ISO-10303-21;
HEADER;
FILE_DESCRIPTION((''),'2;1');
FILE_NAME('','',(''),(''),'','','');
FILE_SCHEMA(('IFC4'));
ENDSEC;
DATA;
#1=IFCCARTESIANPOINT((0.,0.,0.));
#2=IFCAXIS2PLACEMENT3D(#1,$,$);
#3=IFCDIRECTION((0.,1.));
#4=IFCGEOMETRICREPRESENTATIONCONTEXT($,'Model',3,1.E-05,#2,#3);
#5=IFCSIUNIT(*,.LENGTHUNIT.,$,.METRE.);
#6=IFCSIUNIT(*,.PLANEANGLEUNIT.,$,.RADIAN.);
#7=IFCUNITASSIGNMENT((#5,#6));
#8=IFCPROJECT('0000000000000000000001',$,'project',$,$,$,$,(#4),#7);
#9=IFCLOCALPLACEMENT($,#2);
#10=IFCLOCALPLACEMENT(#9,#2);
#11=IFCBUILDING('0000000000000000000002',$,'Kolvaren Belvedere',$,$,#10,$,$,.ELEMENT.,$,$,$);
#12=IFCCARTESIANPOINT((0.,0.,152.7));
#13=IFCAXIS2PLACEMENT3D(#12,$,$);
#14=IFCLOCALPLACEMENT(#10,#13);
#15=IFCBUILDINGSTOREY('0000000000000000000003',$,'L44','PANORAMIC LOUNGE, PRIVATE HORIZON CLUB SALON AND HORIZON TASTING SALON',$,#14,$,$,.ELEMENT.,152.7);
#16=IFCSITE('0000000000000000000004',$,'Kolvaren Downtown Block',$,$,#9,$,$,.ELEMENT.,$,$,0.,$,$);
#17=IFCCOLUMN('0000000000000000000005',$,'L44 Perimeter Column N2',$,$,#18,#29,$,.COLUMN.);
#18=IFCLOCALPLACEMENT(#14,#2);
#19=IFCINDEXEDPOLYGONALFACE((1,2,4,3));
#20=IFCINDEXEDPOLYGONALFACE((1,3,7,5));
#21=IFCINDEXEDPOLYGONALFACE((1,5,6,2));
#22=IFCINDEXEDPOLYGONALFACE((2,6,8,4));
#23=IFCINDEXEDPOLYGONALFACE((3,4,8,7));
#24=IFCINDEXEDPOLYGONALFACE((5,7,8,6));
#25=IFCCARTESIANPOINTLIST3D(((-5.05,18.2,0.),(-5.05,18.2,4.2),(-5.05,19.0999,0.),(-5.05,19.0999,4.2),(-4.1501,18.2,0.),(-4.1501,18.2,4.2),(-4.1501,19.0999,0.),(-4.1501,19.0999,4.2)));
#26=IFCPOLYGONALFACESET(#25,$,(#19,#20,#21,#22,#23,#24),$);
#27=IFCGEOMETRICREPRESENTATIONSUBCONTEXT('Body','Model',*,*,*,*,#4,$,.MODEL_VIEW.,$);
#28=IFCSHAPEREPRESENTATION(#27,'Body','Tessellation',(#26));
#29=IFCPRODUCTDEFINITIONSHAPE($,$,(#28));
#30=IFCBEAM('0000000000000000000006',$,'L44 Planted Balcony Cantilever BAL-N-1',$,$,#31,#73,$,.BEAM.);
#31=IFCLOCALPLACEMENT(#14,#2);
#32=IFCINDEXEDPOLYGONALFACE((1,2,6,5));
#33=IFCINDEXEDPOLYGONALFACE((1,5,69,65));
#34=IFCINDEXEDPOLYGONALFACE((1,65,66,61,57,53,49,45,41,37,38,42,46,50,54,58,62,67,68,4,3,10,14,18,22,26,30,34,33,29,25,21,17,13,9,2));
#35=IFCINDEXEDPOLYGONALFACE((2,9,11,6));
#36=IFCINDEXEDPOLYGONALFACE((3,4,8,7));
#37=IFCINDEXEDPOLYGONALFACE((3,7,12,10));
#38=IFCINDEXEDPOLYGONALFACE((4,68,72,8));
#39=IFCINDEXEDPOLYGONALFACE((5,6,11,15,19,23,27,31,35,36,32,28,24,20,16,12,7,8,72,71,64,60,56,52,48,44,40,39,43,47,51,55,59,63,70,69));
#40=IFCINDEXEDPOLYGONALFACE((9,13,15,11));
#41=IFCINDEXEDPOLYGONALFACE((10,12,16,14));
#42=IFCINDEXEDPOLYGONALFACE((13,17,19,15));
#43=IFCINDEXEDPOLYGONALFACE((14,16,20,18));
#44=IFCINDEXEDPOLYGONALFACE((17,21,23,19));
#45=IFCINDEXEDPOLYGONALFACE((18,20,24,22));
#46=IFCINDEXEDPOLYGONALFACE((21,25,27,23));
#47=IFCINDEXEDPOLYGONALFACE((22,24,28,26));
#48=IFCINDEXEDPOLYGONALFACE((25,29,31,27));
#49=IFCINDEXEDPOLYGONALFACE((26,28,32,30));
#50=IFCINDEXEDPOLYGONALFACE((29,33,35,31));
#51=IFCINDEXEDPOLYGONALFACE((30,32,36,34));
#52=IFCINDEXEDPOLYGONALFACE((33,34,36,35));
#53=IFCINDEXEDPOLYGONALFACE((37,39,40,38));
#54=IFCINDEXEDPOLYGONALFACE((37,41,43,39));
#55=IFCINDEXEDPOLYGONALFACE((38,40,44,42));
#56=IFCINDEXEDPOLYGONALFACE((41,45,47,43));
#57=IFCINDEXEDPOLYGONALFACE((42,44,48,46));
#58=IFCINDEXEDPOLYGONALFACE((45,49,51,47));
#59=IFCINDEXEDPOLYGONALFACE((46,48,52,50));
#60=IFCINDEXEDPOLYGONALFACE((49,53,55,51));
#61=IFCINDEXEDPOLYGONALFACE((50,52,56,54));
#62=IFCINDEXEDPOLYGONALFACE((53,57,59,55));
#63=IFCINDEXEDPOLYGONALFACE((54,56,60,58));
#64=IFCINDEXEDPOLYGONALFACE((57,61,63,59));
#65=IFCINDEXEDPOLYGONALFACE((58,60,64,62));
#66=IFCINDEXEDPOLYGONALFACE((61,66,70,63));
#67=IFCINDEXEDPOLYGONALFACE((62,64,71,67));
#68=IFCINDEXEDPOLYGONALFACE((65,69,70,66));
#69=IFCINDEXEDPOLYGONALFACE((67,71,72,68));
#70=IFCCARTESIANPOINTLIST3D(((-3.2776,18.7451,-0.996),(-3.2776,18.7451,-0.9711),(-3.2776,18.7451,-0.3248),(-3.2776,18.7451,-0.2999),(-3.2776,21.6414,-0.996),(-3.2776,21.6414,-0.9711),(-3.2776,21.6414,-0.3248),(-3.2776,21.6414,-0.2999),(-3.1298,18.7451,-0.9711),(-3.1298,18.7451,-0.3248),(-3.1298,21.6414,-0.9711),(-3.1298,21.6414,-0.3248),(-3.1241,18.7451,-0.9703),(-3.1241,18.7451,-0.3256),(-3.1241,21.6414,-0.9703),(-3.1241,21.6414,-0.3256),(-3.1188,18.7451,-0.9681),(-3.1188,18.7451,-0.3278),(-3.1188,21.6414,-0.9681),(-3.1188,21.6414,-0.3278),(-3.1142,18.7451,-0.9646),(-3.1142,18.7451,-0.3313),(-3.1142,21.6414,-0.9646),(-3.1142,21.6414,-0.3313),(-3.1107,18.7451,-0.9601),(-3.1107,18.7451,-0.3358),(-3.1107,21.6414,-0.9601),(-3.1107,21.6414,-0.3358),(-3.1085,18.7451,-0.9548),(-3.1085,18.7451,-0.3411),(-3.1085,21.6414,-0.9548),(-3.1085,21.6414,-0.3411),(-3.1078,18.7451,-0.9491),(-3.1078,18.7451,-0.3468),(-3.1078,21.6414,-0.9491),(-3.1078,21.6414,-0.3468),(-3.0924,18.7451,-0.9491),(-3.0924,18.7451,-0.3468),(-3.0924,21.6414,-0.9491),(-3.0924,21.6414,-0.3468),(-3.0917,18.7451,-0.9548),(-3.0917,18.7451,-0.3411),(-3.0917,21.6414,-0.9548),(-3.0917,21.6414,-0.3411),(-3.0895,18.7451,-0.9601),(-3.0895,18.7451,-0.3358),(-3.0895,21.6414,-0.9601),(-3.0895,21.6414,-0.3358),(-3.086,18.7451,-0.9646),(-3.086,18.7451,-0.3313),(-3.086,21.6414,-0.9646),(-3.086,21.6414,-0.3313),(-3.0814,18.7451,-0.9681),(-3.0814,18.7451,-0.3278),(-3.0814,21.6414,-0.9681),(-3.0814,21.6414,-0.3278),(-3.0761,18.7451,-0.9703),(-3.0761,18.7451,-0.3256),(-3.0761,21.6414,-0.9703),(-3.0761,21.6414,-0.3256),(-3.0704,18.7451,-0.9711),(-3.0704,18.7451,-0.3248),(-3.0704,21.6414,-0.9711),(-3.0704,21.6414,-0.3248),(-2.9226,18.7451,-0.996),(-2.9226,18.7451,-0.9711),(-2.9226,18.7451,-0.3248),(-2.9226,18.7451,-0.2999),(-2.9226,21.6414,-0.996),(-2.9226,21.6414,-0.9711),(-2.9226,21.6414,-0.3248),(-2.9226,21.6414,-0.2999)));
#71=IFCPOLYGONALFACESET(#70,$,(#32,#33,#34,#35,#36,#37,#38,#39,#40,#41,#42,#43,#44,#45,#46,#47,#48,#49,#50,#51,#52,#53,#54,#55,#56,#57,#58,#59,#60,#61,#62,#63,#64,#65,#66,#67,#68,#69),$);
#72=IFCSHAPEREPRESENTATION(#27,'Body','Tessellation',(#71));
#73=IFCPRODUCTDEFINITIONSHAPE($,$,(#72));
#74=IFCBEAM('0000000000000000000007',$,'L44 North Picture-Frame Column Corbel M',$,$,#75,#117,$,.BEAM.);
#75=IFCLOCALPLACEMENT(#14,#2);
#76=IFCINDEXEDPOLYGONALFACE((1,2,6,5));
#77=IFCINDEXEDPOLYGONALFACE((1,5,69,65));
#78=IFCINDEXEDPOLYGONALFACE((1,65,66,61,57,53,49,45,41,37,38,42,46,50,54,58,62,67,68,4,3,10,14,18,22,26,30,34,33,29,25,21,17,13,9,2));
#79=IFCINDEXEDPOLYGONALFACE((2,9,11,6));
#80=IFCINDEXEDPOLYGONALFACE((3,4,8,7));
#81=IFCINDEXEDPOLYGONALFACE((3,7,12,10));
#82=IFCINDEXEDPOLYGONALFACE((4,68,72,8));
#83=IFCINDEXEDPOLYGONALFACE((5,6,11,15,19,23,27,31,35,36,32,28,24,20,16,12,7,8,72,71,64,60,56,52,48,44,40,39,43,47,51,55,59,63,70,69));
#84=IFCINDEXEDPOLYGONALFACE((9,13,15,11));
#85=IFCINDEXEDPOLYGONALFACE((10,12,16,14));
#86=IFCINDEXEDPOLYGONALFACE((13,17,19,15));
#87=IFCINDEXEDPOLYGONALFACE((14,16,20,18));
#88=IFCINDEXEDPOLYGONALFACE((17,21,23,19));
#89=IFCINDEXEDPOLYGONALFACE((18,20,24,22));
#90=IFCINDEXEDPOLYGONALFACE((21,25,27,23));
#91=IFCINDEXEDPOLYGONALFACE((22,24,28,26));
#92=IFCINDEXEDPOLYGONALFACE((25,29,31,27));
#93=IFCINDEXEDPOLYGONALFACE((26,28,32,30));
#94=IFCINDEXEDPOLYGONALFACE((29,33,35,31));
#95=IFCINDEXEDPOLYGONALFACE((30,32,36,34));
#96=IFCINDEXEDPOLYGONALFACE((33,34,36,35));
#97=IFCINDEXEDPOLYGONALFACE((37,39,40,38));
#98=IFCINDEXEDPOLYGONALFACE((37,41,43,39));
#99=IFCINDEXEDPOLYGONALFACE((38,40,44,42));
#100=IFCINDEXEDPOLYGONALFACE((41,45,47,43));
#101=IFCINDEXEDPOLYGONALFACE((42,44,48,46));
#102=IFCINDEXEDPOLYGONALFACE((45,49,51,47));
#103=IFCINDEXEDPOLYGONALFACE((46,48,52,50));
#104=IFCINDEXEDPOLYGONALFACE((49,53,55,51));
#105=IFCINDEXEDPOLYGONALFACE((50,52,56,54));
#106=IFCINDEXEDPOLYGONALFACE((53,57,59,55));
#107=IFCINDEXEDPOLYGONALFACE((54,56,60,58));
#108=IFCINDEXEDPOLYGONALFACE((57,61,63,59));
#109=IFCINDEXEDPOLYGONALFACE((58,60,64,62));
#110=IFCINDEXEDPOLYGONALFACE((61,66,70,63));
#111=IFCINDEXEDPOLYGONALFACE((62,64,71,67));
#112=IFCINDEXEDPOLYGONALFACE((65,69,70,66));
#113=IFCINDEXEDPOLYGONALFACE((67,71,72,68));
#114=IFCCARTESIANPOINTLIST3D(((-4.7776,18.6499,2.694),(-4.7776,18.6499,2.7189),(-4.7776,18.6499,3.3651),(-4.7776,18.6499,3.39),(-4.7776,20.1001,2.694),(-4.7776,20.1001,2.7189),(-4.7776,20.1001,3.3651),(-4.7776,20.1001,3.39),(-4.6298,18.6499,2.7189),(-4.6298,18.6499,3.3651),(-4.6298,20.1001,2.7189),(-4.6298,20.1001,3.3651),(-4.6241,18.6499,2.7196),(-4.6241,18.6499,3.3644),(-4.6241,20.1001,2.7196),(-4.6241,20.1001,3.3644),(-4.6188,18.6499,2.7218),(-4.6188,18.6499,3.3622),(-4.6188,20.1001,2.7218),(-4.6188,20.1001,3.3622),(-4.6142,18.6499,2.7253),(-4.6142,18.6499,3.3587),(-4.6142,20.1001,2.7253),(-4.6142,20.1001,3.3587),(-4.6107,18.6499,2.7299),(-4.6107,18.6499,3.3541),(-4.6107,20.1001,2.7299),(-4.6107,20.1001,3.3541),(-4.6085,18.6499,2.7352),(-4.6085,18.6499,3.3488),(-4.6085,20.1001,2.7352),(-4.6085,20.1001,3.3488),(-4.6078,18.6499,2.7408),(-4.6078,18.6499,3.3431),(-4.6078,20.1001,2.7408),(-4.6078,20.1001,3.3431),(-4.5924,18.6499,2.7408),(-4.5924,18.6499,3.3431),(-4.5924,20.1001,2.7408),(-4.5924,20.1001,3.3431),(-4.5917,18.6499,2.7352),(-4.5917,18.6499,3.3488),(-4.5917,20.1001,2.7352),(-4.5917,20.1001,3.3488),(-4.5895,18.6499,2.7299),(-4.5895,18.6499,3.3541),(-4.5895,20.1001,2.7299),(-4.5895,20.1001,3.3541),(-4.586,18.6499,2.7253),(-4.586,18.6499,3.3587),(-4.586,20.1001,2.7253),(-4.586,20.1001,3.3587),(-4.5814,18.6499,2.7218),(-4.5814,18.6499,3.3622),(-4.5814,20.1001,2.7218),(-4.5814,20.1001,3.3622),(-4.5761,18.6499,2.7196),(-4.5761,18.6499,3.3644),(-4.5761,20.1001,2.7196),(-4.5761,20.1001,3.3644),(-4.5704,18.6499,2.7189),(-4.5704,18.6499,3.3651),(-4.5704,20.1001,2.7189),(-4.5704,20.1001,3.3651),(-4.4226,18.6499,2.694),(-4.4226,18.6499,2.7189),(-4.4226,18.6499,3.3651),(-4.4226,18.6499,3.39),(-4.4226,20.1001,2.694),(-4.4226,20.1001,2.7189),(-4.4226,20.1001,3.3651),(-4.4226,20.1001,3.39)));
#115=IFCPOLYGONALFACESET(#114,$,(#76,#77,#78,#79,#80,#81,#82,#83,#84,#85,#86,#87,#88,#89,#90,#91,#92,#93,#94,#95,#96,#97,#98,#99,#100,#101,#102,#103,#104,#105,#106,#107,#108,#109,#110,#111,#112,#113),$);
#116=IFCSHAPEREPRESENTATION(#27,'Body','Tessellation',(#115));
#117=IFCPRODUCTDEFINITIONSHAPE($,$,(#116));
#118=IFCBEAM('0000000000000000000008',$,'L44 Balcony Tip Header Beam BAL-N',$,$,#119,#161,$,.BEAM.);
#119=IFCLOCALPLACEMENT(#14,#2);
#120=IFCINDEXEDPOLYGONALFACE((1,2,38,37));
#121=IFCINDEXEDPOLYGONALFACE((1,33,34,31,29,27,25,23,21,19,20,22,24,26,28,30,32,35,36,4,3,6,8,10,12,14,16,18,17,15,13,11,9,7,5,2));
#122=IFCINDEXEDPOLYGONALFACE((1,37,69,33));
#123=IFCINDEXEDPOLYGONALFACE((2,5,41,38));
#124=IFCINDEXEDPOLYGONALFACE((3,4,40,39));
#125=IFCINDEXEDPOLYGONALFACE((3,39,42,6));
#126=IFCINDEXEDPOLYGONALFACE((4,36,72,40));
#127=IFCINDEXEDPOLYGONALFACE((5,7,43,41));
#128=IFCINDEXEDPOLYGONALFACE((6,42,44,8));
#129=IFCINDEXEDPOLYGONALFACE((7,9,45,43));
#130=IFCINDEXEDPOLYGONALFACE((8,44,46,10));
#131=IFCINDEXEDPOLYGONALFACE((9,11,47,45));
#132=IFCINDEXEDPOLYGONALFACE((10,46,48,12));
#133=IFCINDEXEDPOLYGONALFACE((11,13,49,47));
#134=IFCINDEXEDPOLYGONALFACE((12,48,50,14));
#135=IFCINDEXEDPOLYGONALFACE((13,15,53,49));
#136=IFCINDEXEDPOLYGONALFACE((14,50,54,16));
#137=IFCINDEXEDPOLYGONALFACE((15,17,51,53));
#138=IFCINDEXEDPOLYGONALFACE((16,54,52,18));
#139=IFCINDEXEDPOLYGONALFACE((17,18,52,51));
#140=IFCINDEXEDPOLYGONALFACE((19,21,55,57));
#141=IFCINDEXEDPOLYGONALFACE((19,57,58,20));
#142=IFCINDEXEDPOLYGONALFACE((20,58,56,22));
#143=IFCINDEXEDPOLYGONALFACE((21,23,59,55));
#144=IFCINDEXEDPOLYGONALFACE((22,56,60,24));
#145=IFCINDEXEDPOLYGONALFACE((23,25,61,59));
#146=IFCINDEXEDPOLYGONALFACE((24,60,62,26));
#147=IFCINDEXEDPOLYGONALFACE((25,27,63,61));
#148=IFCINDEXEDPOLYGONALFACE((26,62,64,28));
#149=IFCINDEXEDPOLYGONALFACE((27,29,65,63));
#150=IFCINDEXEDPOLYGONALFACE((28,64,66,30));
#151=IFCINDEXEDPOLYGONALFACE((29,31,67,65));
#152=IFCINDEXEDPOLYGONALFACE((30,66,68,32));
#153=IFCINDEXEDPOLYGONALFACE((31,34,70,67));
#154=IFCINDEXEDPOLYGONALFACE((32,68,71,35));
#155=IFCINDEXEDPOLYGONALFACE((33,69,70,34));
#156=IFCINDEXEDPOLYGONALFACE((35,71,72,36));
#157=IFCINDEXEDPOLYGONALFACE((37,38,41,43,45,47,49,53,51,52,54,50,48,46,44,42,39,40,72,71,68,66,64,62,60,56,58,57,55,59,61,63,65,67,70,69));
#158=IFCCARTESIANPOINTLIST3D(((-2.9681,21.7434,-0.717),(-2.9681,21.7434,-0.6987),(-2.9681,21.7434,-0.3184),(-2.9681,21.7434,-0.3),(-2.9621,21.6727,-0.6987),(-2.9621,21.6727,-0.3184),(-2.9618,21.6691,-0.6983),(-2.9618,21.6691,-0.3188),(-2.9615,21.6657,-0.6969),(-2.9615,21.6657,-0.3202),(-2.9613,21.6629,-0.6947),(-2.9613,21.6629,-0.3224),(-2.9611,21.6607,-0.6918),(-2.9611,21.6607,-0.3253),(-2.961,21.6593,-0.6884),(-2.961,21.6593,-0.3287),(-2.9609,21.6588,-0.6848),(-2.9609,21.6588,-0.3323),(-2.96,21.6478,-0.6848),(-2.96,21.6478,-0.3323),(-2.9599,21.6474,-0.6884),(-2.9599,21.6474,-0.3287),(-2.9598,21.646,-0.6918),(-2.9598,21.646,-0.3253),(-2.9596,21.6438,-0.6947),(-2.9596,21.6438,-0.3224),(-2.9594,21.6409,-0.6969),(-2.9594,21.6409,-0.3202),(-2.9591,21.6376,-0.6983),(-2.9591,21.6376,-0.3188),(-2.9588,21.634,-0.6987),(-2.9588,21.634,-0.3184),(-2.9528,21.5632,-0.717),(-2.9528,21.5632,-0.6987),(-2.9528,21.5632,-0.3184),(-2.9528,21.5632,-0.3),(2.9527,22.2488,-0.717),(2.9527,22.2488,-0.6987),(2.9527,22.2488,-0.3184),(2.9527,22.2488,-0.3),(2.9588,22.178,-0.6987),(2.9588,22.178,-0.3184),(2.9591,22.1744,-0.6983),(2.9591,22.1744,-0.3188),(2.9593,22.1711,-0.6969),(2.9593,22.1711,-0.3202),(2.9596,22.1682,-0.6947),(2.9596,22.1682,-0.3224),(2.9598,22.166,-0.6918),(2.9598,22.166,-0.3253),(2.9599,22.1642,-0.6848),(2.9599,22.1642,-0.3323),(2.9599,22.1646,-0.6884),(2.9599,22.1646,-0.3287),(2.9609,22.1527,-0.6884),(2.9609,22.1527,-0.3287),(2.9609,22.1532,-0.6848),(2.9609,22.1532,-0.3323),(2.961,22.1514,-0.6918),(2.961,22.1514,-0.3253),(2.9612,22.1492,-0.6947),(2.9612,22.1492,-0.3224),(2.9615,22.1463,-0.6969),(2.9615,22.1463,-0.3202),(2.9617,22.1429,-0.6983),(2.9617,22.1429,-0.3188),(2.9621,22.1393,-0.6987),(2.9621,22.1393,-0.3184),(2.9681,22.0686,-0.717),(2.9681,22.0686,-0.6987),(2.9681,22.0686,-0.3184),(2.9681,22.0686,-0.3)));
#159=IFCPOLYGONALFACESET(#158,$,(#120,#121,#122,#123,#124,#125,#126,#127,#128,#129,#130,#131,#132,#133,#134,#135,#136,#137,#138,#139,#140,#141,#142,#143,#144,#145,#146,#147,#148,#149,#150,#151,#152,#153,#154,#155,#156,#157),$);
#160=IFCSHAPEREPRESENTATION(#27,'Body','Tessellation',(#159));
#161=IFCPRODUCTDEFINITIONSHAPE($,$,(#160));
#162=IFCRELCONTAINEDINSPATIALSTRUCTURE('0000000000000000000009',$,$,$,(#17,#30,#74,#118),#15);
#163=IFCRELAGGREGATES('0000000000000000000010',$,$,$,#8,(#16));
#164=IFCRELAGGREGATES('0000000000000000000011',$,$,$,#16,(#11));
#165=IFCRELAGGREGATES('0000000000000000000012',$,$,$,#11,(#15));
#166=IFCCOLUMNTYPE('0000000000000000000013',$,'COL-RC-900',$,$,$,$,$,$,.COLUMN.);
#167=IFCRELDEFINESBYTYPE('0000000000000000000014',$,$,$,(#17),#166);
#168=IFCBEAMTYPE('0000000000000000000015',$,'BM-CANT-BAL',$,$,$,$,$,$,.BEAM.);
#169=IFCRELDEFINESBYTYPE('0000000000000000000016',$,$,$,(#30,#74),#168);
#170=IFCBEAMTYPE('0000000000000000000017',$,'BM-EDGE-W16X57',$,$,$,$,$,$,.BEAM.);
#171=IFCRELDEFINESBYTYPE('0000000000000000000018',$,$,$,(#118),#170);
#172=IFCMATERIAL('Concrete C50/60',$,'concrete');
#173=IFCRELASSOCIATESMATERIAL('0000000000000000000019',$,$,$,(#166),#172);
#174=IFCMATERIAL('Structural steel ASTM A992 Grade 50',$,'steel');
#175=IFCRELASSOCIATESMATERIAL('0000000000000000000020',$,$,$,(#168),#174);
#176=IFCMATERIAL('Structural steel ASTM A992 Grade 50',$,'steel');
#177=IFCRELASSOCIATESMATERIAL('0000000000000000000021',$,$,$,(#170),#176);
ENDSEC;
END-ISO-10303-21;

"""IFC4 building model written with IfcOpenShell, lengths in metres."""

from ifc_helpers import new_model, si_unit, direction, frame, origin, origin_2d, place, context, subcontext, project, spatial, rectangle, i_section, extrude, material, material_profile, profile_set, type_object, element, save


model = new_model("IFC4")

# Units and contexts
model_context = context("Model", 3, precision=1e-05, world=origin(), true_north=direction((0.0, 1.0)))
body_context = subcontext(model_context, "Body", "Model", "MODEL_VIEW")
ifc_project = project(units=[si_unit("LENGTHUNIT", "METRE"), si_unit("PLANEANGLEUNIT", "RADIAN")], contexts=[model_context])

# Site, building, storey
site_placement = place(None, origin())
site = spatial("IfcSite", under=ifc_project, at=site_placement, Name="Kolvaren Downtown Block", CompositionType="ELEMENT", RefElevation=0.0)
building_placement = place(site_placement, origin())
building = spatial("IfcBuilding", under=site, at=building_placement, Name="Kolvaren Belvedere", CompositionType="ELEMENT")
storey_placement = place(building_placement, frame((0.0, 0.0, 152.7)))
storey = spatial("IfcBuildingStorey", under=building, at=storey_placement, Name="L44", Description="PANORAMIC LOUNGE, PRIVATE HORIZON CLUB SALON AND HORIZON TASTING SALON", CompositionType="ELEMENT", Elevation=152.7)

# Column
ifc_material_1 = material(Name="Concrete C50/60", Category="concrete")
ifc_material_profile_1 = material_profile(ifc_material_1, rectangle(XDim=0.8999, YDim=0.8999, at=origin_2d()), Name="RC 900X900")
ifc_profile_set_1 = profile_set([ifc_material_profile_1], Name="Concrete C50/60")
column_type = type_object("IfcColumnType", Name="COL-RC-900", PredefinedType="COLUMN", material=ifc_profile_set_1)
column_placement = place(storey_placement, frame((-4.6001, 18.6499, 0.0), z_axis=(0.0, 0.0, 1.0), x_axis=(1.0, 0.0, 0.0)))
element("IfcColumn", 1, at=column_placement, inside=storey, type_object=column_type, Name="L44 Perimeter Column N2", PredefinedType="COLUMN", context=body_context, shape_type="SweptSolid", body=[
    extrude(rectangle(XDim=0.8999, YDim=0.8999, at=origin_2d()), origin(), (0.0, 0.0, 1.0), 4.2),
])

# Beams
ifc_material_2 = material(Name="Structural steel ASTM A992 Grade 50", Category="steel")
ifc_material_profile_2 = material_profile(ifc_material_2, i_section(OverallWidth=0.355, OverallDepth=0.696, WebThickness=0.0154, FlangeThickness=0.0249, FilletRadius=0.022, at=origin_2d()), Name="W27X146")
ifc_profile_set_2 = profile_set([ifc_material_profile_2], Name="Structural steel ASTM A992 Grade 50")
beam_type_1 = type_object("IfcBeamType", Name="BM-CANT-BAL", PredefinedType="BEAM", material=ifc_profile_set_2)
beam_1_placement = place(storey_placement, frame((-3.1001, 18.7451, -0.6479), z_axis=(0.0, 1.0, 0.0), x_axis=(-1.0, 0.0, 0.0)))
element("IfcBeam", 2, at=beam_1_placement, inside=storey, type_object=beam_type_1, Name="L44 Planted Balcony Cantilever BAL-N-1", PredefinedType="BEAM", context=body_context, shape_type="SweptSolid", body=[
    extrude(i_section(OverallWidth=0.355, OverallDepth=0.696, WebThickness=0.0154, FlangeThickness=0.0249, FilletRadius=0.022, at=origin_2d()), origin(), (0.0, 0.0, 1.0), 2.8962),
])
beam_2_placement = place(storey_placement, frame((-4.6001, 18.6499, 3.042), z_axis=(0.0, 1.0, 0.0), x_axis=(-1.0, 0.0, 0.0)))
element("IfcBeam", 3, at=beam_2_placement, inside=storey, type_object=beam_type_1, Name="L44 North Picture-Frame Column Corbel M", PredefinedType="BEAM", context=body_context, shape_type="SweptSolid", body=[
    extrude(i_section(OverallWidth=0.355, OverallDepth=0.696, WebThickness=0.0154, FlangeThickness=0.0249, FilletRadius=0.022, at=origin_2d()), origin(), (0.0, 0.0, 1.0), 1.4502),
])
ifc_material_3 = material(Name="Structural steel ASTM A992 Grade 50", Category="steel")
ifc_material_profile_3 = material_profile(ifc_material_3, i_section(OverallWidth=0.1809, OverallDepth=0.417, WebThickness=0.011, FlangeThickness=0.0183, FilletRadius=0.0139, at=origin_2d()), Name="W16X57")
ifc_profile_set_3 = profile_set([ifc_material_profile_3], Name="Structural steel ASTM A992 Grade 50")
beam_type_2 = type_object("IfcBeamType", Name="BM-EDGE-W16X57", PredefinedType="BEAM", material=ifc_profile_set_3)
beam_3_placement = place(storey_placement, frame((-2.9604, 21.6533, -0.5085), z_axis=(0.996377, 0.085045, 0.0), x_axis=(-0.085045, 0.996377, 0.0)))
element("IfcBeam", 4, at=beam_3_placement, inside=storey, type_object=beam_type_2, Name="L44 Balcony Tip Header Beam BAL-N", PredefinedType="BEAM", context=body_context, shape_type="SweptSolid", body=[
    extrude(i_section(OverallWidth=0.1809, OverallDepth=0.417, WebThickness=0.011, FlangeThickness=0.0183, FilletRadius=0.0139, at=origin_2d()), origin(), (0.0, 0.0, 1.0), 5.9424),
])

save(model, "model.ifc")
